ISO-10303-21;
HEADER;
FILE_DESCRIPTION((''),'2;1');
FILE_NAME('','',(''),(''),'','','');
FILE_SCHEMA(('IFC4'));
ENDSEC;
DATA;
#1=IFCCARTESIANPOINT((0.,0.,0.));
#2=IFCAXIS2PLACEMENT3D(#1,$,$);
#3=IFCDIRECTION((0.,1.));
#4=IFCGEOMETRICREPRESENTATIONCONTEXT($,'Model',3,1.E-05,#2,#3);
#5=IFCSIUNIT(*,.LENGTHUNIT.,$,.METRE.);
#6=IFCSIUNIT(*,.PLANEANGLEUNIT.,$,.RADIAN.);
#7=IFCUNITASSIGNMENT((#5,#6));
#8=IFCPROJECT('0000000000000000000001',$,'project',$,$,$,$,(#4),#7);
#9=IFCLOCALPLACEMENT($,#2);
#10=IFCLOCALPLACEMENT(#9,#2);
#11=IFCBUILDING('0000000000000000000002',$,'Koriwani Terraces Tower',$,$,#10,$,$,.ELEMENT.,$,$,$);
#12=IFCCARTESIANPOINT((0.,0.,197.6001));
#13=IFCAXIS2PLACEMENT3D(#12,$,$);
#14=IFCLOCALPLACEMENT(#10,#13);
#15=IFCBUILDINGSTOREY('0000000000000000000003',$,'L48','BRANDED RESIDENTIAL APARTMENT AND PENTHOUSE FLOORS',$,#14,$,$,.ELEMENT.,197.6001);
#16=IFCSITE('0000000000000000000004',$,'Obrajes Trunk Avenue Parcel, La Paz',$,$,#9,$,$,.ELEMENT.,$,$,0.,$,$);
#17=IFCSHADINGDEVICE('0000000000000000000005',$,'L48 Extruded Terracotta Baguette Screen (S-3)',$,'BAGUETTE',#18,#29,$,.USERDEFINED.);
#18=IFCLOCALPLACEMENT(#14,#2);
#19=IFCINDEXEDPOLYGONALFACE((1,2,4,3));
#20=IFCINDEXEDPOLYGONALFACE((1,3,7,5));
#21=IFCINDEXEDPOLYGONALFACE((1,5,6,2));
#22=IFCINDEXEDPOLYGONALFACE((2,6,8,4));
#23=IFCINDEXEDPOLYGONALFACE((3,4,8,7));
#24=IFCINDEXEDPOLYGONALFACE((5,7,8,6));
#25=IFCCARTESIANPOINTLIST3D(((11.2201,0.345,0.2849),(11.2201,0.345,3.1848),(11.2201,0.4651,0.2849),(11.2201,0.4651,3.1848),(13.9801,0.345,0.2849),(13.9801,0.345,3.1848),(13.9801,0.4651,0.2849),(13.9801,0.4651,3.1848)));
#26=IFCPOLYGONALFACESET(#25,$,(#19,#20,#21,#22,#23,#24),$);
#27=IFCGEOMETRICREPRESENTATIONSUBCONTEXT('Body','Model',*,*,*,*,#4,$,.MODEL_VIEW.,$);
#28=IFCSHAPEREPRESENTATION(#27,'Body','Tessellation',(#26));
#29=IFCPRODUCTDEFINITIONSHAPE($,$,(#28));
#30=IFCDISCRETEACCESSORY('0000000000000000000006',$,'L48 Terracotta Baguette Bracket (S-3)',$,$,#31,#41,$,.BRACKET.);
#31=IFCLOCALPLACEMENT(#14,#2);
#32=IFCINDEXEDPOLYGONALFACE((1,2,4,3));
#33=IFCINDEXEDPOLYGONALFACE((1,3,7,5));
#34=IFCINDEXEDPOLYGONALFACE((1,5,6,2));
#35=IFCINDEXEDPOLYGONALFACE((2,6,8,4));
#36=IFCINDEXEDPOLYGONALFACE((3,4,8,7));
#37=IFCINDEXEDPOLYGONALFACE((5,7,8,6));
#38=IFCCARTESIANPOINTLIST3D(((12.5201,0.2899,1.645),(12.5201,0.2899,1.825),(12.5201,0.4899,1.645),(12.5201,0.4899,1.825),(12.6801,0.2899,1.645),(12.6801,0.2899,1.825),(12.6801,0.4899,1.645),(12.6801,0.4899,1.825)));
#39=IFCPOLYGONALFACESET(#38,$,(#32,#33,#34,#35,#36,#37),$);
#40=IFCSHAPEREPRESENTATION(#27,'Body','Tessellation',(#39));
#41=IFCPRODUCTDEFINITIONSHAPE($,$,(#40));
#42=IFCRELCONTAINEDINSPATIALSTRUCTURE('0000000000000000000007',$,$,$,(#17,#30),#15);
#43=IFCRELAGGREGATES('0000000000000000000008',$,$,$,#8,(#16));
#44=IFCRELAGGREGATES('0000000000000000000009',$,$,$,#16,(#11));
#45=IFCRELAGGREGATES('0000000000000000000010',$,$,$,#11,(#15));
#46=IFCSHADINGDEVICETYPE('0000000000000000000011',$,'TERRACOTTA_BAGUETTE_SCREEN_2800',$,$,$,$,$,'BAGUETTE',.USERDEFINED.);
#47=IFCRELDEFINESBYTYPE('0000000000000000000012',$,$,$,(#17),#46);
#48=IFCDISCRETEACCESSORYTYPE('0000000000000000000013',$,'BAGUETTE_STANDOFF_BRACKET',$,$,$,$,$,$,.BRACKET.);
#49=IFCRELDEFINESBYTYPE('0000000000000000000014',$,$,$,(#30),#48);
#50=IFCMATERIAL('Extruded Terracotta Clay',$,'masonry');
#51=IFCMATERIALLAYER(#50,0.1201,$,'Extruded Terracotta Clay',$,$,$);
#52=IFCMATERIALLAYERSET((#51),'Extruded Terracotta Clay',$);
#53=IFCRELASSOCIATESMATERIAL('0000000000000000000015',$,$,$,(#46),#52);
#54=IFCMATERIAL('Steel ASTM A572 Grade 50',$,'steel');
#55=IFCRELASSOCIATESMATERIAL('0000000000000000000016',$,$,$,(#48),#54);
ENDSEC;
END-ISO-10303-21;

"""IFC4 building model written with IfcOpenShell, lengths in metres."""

from ifc_helpers import new_model, si_unit, direction, frame, origin, origin_2d, place, context, subcontext, project, spatial, rectangle, extrude, material, layer, layer_set, type_object, element, save


model = new_model("IFC4")

# Units and contexts
model_context = context("Model", 3, precision=1e-05, world=origin(), true_north=direction((0.0, 1.0)))
body_context = subcontext(model_context, "Body", "Model", "MODEL_VIEW")
ifc_project = project(units=[si_unit("LENGTHUNIT", "METRE"), si_unit("PLANEANGLEUNIT", "RADIAN")], contexts=[model_context])

# Site, building, storey
site_placement = place(None, origin())
site = spatial("IfcSite", under=ifc_project, at=site_placement, Name="Obrajes Trunk Avenue Parcel, La Paz", CompositionType="ELEMENT", RefElevation=0.0)
building_placement = place(site_placement, origin())
building = spatial("IfcBuilding", under=site, at=building_placement, Name="Koriwani Terraces Tower", CompositionType="ELEMENT")
storey_placement = place(building_placement, frame((0.0, 0.0, 197.6001)))
storey = spatial("IfcBuildingStorey", under=building, at=storey_placement, Name="L48", Description="BRANDED RESIDENTIAL APARTMENT AND PENTHOUSE FLOORS", CompositionType="ELEMENT", Elevation=197.6001)

# Shared definitions
ifc_material_1 = material(Name="Steel ASTM A572 Grade 50", Category="steel")

# Shading device
ifc_material_2 = material(Name="Extruded Terracotta Clay", Category="masonry")
ifc_layer_1 = layer(ifc_material_2, 0.1201, Name="Extruded Terracotta Clay")
ifc_layer_set_1 = layer_set([ifc_layer_1], Name="Extruded Terracotta Clay")
shading_device_type = type_object("IfcShadingDeviceType", Name="TERRACOTTA_BAGUETTE_SCREEN_2800", ElementType="BAGUETTE", PredefinedType="USERDEFINED", material=ifc_layer_set_1)
shading_device_placement = place(storey_placement, frame((12.6001, 0.405, 0.2849), z_axis=(0.0, 0.0, 1.0), x_axis=(-1.0, 0.0, 0.0)))
element("IfcShadingDevice", 1, at=shading_device_placement, inside=storey, type_object=shading_device_type, Name="L48 Extruded Terracotta Baguette Screen (S-3)", ObjectType="BAGUETTE", PredefinedType="USERDEFINED", context=body_context, shape_type="SweptSolid", body=[
    extrude(rectangle(XDim=2.76, YDim=0.1201, at=origin_2d()), origin(), (0.0, 0.0, 1.0), 2.8999),
])

# Discrete accessory
discrete_accessory_type = type_object("IfcDiscreteAccessoryType", Name="BAGUETTE_STANDOFF_BRACKET", PredefinedType="BRACKET", material=ifc_material_1)
discrete_accessory_placement = place(storey_placement, frame((12.6001, 0.3899, 1.645), z_axis=(0.0, 0.0, 1.0), x_axis=(-1.0, 0.0, 0.0)))
element("IfcDiscreteAccessory", 2, at=discrete_accessory_placement, inside=storey, type_object=discrete_accessory_type, Name="L48 Terracotta Baguette Bracket (S-3)", PredefinedType="BRACKET", context=body_context, shape_type="SweptSolid", body=[
    extrude(rectangle(XDim=0.1599, YDim=0.2, at=origin_2d()), origin(), (0.0, 0.0, 1.0), 0.1799),
])

save(model, "model.ifc")
